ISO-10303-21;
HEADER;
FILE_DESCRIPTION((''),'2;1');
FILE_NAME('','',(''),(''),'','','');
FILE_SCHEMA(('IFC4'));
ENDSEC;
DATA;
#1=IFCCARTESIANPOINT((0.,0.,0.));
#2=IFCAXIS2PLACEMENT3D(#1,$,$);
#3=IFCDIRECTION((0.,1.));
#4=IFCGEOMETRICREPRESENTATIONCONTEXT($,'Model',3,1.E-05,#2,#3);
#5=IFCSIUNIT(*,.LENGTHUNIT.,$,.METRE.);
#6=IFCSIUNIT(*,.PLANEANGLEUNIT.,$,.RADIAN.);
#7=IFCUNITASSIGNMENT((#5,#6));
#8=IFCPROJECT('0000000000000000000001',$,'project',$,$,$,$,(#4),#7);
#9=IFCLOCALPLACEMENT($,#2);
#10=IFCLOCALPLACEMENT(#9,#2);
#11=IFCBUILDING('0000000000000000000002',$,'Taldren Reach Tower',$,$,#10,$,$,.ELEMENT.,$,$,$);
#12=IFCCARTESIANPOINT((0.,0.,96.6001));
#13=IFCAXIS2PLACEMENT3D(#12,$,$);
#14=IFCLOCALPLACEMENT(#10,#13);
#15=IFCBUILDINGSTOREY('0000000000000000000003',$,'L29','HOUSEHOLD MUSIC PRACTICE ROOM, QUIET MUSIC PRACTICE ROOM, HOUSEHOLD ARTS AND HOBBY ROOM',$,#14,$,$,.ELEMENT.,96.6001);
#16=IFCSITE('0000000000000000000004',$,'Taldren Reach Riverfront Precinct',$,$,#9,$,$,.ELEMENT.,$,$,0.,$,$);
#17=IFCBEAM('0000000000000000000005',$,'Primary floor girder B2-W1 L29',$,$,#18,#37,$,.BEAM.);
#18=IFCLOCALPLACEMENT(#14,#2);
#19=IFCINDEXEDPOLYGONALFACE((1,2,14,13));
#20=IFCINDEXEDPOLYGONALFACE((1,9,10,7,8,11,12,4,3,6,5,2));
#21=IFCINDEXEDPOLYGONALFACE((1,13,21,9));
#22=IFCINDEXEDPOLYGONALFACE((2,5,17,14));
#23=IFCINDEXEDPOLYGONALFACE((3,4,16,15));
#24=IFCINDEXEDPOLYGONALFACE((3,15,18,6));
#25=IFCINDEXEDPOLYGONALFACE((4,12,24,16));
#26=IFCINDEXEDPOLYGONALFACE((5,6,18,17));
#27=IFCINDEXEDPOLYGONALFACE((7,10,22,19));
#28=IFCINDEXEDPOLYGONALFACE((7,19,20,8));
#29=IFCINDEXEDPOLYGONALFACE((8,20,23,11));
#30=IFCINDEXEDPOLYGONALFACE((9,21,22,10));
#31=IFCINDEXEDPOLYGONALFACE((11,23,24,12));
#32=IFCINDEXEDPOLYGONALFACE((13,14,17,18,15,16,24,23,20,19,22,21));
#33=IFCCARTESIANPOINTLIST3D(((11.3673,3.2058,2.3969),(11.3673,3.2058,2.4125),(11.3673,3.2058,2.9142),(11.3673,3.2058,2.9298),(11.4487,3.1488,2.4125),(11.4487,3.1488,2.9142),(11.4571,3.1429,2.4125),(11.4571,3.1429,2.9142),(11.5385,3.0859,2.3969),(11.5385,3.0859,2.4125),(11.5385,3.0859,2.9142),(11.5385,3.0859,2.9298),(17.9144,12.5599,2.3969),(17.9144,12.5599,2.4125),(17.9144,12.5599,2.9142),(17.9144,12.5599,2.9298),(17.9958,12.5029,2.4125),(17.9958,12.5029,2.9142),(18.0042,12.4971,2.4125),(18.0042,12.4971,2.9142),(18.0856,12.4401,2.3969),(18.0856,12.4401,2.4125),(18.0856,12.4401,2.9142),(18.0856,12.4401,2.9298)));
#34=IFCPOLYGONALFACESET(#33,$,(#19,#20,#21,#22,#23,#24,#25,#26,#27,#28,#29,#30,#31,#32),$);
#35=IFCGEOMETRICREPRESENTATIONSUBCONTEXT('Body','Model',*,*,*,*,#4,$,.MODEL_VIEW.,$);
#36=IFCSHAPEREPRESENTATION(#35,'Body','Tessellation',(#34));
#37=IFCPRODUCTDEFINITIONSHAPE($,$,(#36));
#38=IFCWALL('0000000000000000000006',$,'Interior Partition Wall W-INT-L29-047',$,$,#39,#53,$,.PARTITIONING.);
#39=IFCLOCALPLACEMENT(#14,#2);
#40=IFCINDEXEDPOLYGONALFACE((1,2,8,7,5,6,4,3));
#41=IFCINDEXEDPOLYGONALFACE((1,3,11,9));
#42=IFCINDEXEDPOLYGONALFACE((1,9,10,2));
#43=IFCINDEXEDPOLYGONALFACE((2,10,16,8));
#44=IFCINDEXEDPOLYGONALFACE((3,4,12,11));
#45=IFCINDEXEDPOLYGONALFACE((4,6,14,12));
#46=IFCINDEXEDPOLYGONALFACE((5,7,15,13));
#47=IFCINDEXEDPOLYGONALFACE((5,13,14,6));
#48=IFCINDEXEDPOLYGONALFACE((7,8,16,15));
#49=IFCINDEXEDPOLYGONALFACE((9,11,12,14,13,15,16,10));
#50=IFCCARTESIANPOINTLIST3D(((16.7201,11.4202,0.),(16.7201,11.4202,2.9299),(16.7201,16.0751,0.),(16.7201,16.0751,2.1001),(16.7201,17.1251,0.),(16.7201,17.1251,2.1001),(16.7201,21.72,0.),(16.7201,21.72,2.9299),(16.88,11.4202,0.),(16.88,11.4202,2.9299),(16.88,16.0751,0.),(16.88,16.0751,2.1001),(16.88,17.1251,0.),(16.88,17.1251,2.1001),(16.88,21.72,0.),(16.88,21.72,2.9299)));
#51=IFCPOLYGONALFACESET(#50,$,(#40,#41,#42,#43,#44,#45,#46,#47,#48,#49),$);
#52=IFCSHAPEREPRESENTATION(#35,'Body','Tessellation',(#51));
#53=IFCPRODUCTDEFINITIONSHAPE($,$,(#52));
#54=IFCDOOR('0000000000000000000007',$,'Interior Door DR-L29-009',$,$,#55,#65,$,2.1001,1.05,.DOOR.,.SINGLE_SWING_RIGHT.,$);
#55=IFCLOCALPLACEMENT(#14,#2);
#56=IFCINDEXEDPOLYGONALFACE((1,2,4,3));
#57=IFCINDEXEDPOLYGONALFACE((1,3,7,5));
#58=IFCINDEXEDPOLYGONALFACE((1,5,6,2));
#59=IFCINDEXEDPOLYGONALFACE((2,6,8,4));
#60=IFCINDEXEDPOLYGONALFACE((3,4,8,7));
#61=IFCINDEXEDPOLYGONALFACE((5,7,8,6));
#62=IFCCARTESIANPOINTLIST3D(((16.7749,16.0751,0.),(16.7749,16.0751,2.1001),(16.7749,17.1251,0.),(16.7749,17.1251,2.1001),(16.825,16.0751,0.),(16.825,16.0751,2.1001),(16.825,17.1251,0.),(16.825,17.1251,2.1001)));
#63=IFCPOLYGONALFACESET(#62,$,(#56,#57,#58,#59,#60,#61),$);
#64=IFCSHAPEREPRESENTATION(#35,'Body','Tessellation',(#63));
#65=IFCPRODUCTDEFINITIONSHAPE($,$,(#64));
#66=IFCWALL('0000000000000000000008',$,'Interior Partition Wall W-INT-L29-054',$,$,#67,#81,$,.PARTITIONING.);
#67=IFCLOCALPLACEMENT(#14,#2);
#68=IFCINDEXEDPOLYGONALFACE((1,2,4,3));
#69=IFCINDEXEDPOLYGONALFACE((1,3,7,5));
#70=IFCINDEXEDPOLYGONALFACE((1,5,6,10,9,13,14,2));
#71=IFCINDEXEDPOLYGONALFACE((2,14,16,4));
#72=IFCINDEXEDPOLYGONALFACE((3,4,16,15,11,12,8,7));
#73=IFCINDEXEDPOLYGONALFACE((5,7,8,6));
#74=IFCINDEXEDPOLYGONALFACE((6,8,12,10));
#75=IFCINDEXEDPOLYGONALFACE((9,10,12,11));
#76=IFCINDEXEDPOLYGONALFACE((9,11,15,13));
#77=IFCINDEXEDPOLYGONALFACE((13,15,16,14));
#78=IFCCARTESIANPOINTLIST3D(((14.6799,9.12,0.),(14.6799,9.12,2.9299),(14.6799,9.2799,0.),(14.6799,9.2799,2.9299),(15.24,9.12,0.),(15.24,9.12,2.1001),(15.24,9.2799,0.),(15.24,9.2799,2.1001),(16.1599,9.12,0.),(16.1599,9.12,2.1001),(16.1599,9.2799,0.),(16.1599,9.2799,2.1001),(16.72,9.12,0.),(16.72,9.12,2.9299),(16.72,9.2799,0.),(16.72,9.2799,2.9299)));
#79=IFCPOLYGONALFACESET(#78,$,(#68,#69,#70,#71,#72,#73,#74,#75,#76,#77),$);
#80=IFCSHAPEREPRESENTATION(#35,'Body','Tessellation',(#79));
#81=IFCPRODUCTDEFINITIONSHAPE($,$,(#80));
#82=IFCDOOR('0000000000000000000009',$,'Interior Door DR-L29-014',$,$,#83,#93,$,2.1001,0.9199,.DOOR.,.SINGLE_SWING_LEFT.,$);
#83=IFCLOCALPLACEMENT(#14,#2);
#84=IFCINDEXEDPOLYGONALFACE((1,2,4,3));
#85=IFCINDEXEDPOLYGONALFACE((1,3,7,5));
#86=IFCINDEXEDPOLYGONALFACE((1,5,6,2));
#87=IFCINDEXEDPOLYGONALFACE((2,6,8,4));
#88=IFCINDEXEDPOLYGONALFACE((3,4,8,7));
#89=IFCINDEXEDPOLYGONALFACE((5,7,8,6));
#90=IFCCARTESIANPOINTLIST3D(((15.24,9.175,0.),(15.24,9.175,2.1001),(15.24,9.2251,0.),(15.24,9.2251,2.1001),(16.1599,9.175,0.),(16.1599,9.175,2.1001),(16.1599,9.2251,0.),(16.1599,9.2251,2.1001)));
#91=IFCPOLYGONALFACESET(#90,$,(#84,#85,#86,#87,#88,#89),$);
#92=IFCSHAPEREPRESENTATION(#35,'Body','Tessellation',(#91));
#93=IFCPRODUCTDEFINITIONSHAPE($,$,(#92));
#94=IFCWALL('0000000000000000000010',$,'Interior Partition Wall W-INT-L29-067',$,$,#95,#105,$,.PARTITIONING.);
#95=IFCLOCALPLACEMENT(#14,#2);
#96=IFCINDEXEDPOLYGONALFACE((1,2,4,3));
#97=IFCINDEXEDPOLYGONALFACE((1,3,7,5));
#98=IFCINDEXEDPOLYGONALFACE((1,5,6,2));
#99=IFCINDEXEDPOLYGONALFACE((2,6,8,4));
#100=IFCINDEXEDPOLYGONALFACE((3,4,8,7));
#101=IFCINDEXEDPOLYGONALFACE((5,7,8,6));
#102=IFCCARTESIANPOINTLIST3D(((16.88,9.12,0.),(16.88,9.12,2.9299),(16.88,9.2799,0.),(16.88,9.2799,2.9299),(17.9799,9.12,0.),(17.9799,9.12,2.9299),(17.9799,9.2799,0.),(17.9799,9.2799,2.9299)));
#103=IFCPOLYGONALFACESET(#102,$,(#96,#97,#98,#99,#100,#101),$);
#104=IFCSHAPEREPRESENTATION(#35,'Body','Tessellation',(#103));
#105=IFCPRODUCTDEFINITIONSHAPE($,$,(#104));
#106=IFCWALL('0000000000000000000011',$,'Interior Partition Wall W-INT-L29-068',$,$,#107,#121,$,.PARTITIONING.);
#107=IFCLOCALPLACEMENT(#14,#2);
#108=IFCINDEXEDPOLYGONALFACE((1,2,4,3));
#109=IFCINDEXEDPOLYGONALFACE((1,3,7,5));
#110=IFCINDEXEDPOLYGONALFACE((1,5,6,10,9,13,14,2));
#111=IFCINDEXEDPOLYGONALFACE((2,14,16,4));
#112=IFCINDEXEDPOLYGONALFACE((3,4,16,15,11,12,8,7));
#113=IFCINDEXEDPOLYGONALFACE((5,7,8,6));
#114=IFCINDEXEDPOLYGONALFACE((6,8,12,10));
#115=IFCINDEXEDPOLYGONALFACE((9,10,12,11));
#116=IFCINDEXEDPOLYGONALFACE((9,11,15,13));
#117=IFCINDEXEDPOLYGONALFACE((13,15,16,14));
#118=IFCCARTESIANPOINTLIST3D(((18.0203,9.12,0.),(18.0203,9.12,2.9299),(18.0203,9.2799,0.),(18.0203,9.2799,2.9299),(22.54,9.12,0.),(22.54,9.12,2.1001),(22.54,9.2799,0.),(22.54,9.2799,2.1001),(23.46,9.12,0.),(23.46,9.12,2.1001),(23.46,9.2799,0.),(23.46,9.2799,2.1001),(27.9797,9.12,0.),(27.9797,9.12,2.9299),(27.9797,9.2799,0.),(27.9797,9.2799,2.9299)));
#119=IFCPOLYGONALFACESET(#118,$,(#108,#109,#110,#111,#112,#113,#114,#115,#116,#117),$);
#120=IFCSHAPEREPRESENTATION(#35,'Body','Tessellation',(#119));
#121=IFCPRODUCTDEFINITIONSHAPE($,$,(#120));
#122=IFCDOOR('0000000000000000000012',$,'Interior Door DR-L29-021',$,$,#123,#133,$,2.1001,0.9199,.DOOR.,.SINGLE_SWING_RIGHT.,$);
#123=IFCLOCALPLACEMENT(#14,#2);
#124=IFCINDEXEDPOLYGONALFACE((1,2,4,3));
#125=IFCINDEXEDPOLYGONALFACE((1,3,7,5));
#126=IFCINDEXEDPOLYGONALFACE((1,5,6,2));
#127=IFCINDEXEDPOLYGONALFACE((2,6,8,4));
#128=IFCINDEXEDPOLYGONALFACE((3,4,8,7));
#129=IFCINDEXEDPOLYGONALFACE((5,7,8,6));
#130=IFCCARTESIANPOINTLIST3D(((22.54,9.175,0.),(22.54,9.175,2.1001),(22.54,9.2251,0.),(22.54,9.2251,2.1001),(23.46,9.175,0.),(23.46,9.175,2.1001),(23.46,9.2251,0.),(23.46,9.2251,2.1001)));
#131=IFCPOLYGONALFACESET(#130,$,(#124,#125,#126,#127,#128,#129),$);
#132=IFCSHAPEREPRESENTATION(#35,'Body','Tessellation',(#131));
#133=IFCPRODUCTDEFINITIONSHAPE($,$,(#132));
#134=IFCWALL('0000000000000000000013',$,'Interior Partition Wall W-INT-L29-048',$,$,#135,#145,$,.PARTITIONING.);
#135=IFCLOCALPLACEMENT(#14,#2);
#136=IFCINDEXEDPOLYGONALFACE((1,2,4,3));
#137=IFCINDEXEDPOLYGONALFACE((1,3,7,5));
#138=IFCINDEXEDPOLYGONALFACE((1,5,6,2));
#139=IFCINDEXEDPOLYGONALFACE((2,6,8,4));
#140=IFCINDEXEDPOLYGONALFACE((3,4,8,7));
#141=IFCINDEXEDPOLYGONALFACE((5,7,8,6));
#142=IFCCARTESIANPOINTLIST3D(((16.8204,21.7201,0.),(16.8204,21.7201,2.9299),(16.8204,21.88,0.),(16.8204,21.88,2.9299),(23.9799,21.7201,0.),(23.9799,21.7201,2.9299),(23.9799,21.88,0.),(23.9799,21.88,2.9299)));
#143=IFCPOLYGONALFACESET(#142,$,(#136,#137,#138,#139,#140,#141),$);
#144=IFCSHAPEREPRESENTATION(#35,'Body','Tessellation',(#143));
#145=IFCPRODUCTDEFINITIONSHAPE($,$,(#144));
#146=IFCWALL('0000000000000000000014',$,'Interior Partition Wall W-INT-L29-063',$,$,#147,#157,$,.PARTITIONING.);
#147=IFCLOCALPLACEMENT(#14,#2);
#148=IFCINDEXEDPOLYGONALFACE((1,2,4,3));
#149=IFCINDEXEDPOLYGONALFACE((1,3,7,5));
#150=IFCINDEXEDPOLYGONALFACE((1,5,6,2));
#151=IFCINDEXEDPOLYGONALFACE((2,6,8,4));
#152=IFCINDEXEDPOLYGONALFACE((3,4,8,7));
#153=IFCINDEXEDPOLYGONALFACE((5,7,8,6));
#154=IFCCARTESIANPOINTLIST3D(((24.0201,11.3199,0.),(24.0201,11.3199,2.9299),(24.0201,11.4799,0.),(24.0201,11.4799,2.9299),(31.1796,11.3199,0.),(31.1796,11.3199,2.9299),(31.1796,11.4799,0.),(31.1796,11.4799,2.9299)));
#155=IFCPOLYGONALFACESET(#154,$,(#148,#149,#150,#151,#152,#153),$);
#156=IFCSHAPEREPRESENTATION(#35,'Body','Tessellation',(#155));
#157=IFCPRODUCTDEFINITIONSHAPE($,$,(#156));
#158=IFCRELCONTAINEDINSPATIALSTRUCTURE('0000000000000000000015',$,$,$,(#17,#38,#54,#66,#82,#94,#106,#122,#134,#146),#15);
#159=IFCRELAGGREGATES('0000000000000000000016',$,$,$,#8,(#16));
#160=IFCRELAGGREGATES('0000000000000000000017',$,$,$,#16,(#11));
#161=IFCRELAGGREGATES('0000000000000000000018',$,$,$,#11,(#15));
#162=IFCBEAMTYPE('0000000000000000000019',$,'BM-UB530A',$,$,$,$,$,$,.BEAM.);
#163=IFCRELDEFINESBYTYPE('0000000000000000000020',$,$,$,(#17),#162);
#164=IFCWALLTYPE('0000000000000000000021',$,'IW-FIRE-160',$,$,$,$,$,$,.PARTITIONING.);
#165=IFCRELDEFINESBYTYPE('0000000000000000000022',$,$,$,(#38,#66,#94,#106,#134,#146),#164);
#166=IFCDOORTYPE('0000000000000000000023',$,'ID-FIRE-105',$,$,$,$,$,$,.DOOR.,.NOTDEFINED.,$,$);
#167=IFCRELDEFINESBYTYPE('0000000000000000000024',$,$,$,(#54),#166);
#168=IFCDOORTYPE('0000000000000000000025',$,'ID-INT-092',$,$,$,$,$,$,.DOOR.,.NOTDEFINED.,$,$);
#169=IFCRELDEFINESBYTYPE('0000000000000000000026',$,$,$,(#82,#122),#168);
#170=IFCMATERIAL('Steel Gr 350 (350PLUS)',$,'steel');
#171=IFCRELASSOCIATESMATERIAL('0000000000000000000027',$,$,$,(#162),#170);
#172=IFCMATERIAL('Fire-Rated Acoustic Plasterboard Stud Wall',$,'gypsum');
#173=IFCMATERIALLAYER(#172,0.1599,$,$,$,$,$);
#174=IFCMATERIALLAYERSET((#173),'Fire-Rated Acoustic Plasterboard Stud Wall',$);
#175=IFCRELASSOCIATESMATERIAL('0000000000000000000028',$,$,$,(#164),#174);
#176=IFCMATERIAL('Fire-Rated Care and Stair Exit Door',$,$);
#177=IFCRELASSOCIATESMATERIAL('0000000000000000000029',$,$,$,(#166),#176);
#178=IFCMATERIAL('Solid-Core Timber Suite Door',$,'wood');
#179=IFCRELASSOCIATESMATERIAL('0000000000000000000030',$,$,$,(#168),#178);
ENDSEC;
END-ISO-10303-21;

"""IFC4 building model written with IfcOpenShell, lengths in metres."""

from ifc_helpers import new_model, si_unit, direction, frame, frame_2d, origin, origin_2d, place, context, subcontext, project, spatial, rectangle, i_section, extrude, source, transform, mapped, material, layer, layer_set, material_profile, profile_set, type_object, element, fill, save


model = new_model("IFC4")

# Units and contexts
model_context = context("Model", 3, precision=1e-05, world=origin(), true_north=direction((0.0, 1.0)))
body_context = subcontext(model_context, "Body", "Model", "MODEL_VIEW")
ifc_project = project(units=[si_unit("LENGTHUNIT", "METRE"), si_unit("PLANEANGLEUNIT", "RADIAN")], contexts=[model_context])

# Site, building, storey
site_placement = place(None, origin())
site = spatial("IfcSite", under=ifc_project, at=site_placement, Name="Taldren Reach Riverfront Precinct", CompositionType="ELEMENT", RefElevation=0.0)
building_placement = place(site_placement, origin())
building = spatial("IfcBuilding", under=site, at=building_placement, Name="Taldren Reach Tower", CompositionType="ELEMENT")
storey_placement = place(building_placement, frame((0.0, 0.0, 96.6001)))
storey = spatial("IfcBuildingStorey", under=building, at=storey_placement, Name="L29", Description="HOUSEHOLD MUSIC PRACTICE ROOM, QUIET MUSIC PRACTICE ROOM, HOUSEHOLD ARTS AND HOBBY ROOM", CompositionType="ELEMENT", Elevation=96.6001)

# Shared definitions
ifc_material_1 = material(Name="Steel Gr 350 (350PLUS)", Category="steel")

# Beam
ifc_material_profile_1 = material_profile(ifc_material_1, i_section(OverallWidth=0.209, OverallDepth=0.533, WebThickness=0.0103, FlangeThickness=0.0156, at=origin_2d()), Name="530UB92.4")
ifc_profile_set_1 = profile_set([ifc_material_profile_1], Name="Steel Gr 350 (350PLUS)")
beam_type_1 = type_object("IfcBeamType", Name="BM-UB530A", PredefinedType="BEAM", material=ifc_profile_set_1)
shared_shape_1 = source(origin(), body_context, "Body", "SweptSolid", [
    extrude(i_section(OverallWidth=0.209, OverallDepth=0.533, WebThickness=0.0103, FlangeThickness=0.0156, at=origin_2d()), origin(), (0.0, 0.0, 1.0), 11.4177),
])
beam_1_placement = place(storey_placement, frame((18.0, 12.5, 2.6633), z_axis=(-0.573412, -0.819267, 0.0), x_axis=(0.819267, -0.573412, 0.0)))
element("IfcBeam", 1, at=beam_1_placement, inside=storey, type_object=beam_type_1, Name="Primary floor girder B2-W1 L29", PredefinedType="BEAM", context=body_context, shape_type="MappedRepresentation", body=[
    mapped(shared_shape_1, transform((0.0, 0.0, 0.0), scale=1.0)),
])

# Walls, openings, doors
ifc_material_2 = material(Name="Fire-Rated Acoustic Plasterboard Stud Wall", Category="gypsum")
ifc_layer_1 = layer(ifc_material_2, 0.1599)
ifc_layer_set_1 = layer_set([ifc_layer_1], Name="Fire-Rated Acoustic Plasterboard Stud Wall")
wall_type_1 = type_object("IfcWallType", Name="IW-FIRE-160", PredefinedType="PARTITIONING", material=ifc_layer_set_1)
shared_shape_2 = source(origin(), body_context, "Body", "SweptSolid", [
    extrude(rectangle(XDim=10.2998, YDim=0.1599, at=frame_2d((5.1499, 0.0))), origin(), (0.0, 0.0, 1.0), 2.9299),
])
wall_1_placement = place(storey_placement, frame((16.8, 21.72, 0.0), z_axis=(0.0, 0.0, 1.0), x_axis=(0.0, -1.0, 0.0)))
wall_1 = element("IfcWall", 2, at=wall_1_placement, inside=storey, type_object=wall_type_1, Name="Interior Partition Wall W-INT-L29-047", PredefinedType="PARTITIONING", context=body_context, shape_type="MappedRepresentation", body=[
    mapped(shared_shape_2, transform((0.0, 0.0, 0.0), scale=1.0)),
])
shared_shape_3 = source(origin(), body_context, "Body", "SweptSolid", [
    extrude(rectangle(XDim=1.05, YDim=2.1001, at=frame_2d((0.5249, 1.05))), frame((0.0, 0.0898, 0.0), z_axis=(0.0, -1.0, 0.0), x_axis=(1.0, 0.0, 0.0)), (0.0, 0.0, 1.0), 0.1799),
])
opening_1_placement = place(wall_1_placement, frame((4.595, 0.0, 0.0)))
opening_1 = element("IfcOpeningElement", 3, at=opening_1_placement, cuts=wall_1, PredefinedType="OPENING", context=body_context, shape_type="MappedRepresentation", body=[
    mapped(shared_shape_3, transform((0.0, 0.0, 0.0), scale=1.0)),
])
ifc_material_3 = material(Name="Fire-Rated Care and Stair Exit Door")
door_type_1 = type_object("IfcDoorType", Name="ID-FIRE-105", OperationType="NOTDEFINED", PredefinedType="DOOR", material=ifc_material_3)
shared_shape_4 = source(origin(), body_context, "Body", "SweptSolid", [
    extrude(rectangle(XDim=1.05, YDim=2.1001, at=frame_2d((0.5249, 1.05))), frame((0.0, 0.0249, 0.0), z_axis=(0.0, -1.0, 0.0), x_axis=(1.0, 0.0, 0.0)), (0.0, 0.0, 1.0), 0.05),
])
door_1_placement = place(opening_1_placement, origin())
door_1 = element("IfcDoor", 4, at=door_1_placement, inside=storey, type_object=door_type_1, Name="Interior Door DR-L29-009", OperationType="SINGLE_SWING_RIGHT", OverallHeight=2.1001, OverallWidth=1.05, PredefinedType="DOOR", context=body_context, shape_type="MappedRepresentation", body=[
    mapped(shared_shape_4, transform((0.0, 0.0, 0.0), scale=1.0)),
])
fill(opening_1, door_1)
shared_shape_5 = source(origin(), body_context, "Body", "SweptSolid", [
    extrude(rectangle(XDim=2.04, YDim=0.1599, at=frame_2d((1.02, 0.0))), origin(), (0.0, 0.0, 1.0), 2.9299),
])
wall_2_placement = place(storey_placement, frame((16.72, 9.2, 0.0), z_axis=(0.0, 0.0, 1.0), x_axis=(-1.0, 0.0, 0.0)))
wall_2 = element("IfcWall", 5, at=wall_2_placement, inside=storey, type_object=wall_type_1, Name="Interior Partition Wall W-INT-L29-054", PredefinedType="PARTITIONING", context=body_context, shape_type="MappedRepresentation", body=[
    mapped(shared_shape_5, transform((0.0, 0.0, 0.0), scale=1.0)),
])
shared_shape_6 = source(origin(), body_context, "Body", "SweptSolid", [
    extrude(rectangle(XDim=0.9199, YDim=2.1001, at=frame_2d((0.46, 1.05))), frame((0.0, 0.0898, 0.0), z_axis=(0.0, -1.0, 0.0), x_axis=(1.0, 0.0, 0.0)), (0.0, 0.0, 1.0), 0.1799),
])
opening_2_placement = place(wall_2_placement, frame((0.5601, 0.0, 0.0)))
opening_2 = element("IfcOpeningElement", 6, at=opening_2_placement, cuts=wall_2, PredefinedType="OPENING", context=body_context, shape_type="MappedRepresentation", body=[
    mapped(shared_shape_6, transform((0.0, 0.0, 0.0), scale=1.0)),
])
ifc_material_4 = material(Name="Solid-Core Timber Suite Door", Category="wood")
door_type_2 = type_object("IfcDoorType", Name="ID-INT-092", OperationType="NOTDEFINED", PredefinedType="DOOR", material=ifc_material_4)
shared_shape_7 = source(origin(), body_context, "Body", "SweptSolid", [
    extrude(rectangle(XDim=0.9199, YDim=2.1001, at=frame_2d((0.46, 1.05))), frame((0.0, 0.0249, 0.0), z_axis=(0.0, -1.0, 0.0), x_axis=(1.0, 0.0, 0.0)), (0.0, 0.0, 1.0), 0.05),
])
door_2_placement = place(opening_2_placement, origin())
door_2 = element("IfcDoor", 7, at=door_2_placement, inside=storey, type_object=door_type_2, Name="Interior Door DR-L29-014", OperationType="SINGLE_SWING_LEFT", OverallHeight=2.1001, OverallWidth=0.9199, PredefinedType="DOOR", context=body_context, shape_type="MappedRepresentation", body=[
    mapped(shared_shape_7, transform((0.0, 0.0, 0.0), scale=1.0)),
])
fill(opening_2, door_2)

# Wall
shared_shape_8 = source(origin(), body_context, "Body", "SweptSolid", [
    extrude(rectangle(XDim=1.0999, YDim=0.1599, at=frame_2d((0.5498, 0.0))), origin(), (0.0, 0.0, 1.0), 2.9299),
])
wall_3_placement = place(storey_placement, frame((17.9797, 9.2, 0.0), z_axis=(0.0, 0.0, 1.0), x_axis=(-1.0, 0.0, 0.0)))
element("IfcWall", 8, at=wall_3_placement, inside=storey, type_object=wall_type_1, Name="Interior Partition Wall W-INT-L29-067", PredefinedType="PARTITIONING", context=body_context, shape_type="MappedRepresentation", body=[
    mapped(shared_shape_8, transform((0.0, 0.0, 0.0), scale=1.0)),
])

# Wall, opening, door
shared_shape_9 = source(origin(), body_context, "Body", "SweptSolid", [
    extrude(rectangle(XDim=9.9595, YDim=0.1599, at=frame_2d((4.9797, 0.0))), origin(), (0.0, 0.0, 1.0), 2.9299),
])
wall_4_placement = place(storey_placement, frame((27.9797, 9.2, 0.0), z_axis=(0.0, 0.0, 1.0), x_axis=(-1.0, 0.0, 0.0)))
wall_4 = element("IfcWall", 9, at=wall_4_placement, inside=storey, type_object=wall_type_1, Name="Interior Partition Wall W-INT-L29-068", PredefinedType="PARTITIONING", context=body_context, shape_type="MappedRepresentation", body=[
    mapped(shared_shape_9, transform((0.0, 0.0, 0.0), scale=1.0)),
])
opening_3_placement = place(wall_4_placement, frame((4.5198, 0.0, 0.0)))
opening_3 = element("IfcOpeningElement", 10, at=opening_3_placement, cuts=wall_4, PredefinedType="OPENING", context=body_context, shape_type="MappedRepresentation", body=[
    mapped(shared_shape_6, transform((0.0, 0.0, 0.0), scale=1.0)),
])
door_3_placement = place(opening_3_placement, origin())
door_3 = element("IfcDoor", 11, at=door_3_placement, inside=storey, type_object=door_type_2, Name="Interior Door DR-L29-021", OperationType="SINGLE_SWING_RIGHT", OverallHeight=2.1001, OverallWidth=0.9199, PredefinedType="DOOR", context=body_context, shape_type="MappedRepresentation", body=[
    mapped(shared_shape_7, transform((0.0, 0.0, 0.0), scale=1.0)),
])
fill(opening_3, door_3)

# Walls
shared_shape_10 = source(origin(), body_context, "Body", "SweptSolid", [
    extrude(rectangle(XDim=7.1594, YDim=0.1599, at=frame_2d((3.5796, 0.0))), origin(), (0.0, 0.0, 1.0), 2.9299),
])
for number, where, z_axis, x_axis, name in (
    (12, (23.9797, 21.8, 0.0), (0.0, 0.0, 1.0), (-1.0, 0.0, 0.0), "Interior Partition Wall W-INT-L29-048"),
    (13, (24.0203, 11.3999, 0.0), (0.0, 0.0, 1.0), (1.0, 0.0, 0.0), "Interior Partition Wall W-INT-L29-063"),
):
    element("IfcWall", number, at=place(storey_placement, frame(where, z_axis=z_axis, x_axis=x_axis)), inside=storey, type_object=wall_type_1, Name=name, PredefinedType="PARTITIONING", context=body_context, shape_type="MappedRepresentation", body=[
        mapped(shared_shape_10, transform((0.0, 0.0, 0.0), scale=1.0)),
    ])

save(model, "model.ifc")
